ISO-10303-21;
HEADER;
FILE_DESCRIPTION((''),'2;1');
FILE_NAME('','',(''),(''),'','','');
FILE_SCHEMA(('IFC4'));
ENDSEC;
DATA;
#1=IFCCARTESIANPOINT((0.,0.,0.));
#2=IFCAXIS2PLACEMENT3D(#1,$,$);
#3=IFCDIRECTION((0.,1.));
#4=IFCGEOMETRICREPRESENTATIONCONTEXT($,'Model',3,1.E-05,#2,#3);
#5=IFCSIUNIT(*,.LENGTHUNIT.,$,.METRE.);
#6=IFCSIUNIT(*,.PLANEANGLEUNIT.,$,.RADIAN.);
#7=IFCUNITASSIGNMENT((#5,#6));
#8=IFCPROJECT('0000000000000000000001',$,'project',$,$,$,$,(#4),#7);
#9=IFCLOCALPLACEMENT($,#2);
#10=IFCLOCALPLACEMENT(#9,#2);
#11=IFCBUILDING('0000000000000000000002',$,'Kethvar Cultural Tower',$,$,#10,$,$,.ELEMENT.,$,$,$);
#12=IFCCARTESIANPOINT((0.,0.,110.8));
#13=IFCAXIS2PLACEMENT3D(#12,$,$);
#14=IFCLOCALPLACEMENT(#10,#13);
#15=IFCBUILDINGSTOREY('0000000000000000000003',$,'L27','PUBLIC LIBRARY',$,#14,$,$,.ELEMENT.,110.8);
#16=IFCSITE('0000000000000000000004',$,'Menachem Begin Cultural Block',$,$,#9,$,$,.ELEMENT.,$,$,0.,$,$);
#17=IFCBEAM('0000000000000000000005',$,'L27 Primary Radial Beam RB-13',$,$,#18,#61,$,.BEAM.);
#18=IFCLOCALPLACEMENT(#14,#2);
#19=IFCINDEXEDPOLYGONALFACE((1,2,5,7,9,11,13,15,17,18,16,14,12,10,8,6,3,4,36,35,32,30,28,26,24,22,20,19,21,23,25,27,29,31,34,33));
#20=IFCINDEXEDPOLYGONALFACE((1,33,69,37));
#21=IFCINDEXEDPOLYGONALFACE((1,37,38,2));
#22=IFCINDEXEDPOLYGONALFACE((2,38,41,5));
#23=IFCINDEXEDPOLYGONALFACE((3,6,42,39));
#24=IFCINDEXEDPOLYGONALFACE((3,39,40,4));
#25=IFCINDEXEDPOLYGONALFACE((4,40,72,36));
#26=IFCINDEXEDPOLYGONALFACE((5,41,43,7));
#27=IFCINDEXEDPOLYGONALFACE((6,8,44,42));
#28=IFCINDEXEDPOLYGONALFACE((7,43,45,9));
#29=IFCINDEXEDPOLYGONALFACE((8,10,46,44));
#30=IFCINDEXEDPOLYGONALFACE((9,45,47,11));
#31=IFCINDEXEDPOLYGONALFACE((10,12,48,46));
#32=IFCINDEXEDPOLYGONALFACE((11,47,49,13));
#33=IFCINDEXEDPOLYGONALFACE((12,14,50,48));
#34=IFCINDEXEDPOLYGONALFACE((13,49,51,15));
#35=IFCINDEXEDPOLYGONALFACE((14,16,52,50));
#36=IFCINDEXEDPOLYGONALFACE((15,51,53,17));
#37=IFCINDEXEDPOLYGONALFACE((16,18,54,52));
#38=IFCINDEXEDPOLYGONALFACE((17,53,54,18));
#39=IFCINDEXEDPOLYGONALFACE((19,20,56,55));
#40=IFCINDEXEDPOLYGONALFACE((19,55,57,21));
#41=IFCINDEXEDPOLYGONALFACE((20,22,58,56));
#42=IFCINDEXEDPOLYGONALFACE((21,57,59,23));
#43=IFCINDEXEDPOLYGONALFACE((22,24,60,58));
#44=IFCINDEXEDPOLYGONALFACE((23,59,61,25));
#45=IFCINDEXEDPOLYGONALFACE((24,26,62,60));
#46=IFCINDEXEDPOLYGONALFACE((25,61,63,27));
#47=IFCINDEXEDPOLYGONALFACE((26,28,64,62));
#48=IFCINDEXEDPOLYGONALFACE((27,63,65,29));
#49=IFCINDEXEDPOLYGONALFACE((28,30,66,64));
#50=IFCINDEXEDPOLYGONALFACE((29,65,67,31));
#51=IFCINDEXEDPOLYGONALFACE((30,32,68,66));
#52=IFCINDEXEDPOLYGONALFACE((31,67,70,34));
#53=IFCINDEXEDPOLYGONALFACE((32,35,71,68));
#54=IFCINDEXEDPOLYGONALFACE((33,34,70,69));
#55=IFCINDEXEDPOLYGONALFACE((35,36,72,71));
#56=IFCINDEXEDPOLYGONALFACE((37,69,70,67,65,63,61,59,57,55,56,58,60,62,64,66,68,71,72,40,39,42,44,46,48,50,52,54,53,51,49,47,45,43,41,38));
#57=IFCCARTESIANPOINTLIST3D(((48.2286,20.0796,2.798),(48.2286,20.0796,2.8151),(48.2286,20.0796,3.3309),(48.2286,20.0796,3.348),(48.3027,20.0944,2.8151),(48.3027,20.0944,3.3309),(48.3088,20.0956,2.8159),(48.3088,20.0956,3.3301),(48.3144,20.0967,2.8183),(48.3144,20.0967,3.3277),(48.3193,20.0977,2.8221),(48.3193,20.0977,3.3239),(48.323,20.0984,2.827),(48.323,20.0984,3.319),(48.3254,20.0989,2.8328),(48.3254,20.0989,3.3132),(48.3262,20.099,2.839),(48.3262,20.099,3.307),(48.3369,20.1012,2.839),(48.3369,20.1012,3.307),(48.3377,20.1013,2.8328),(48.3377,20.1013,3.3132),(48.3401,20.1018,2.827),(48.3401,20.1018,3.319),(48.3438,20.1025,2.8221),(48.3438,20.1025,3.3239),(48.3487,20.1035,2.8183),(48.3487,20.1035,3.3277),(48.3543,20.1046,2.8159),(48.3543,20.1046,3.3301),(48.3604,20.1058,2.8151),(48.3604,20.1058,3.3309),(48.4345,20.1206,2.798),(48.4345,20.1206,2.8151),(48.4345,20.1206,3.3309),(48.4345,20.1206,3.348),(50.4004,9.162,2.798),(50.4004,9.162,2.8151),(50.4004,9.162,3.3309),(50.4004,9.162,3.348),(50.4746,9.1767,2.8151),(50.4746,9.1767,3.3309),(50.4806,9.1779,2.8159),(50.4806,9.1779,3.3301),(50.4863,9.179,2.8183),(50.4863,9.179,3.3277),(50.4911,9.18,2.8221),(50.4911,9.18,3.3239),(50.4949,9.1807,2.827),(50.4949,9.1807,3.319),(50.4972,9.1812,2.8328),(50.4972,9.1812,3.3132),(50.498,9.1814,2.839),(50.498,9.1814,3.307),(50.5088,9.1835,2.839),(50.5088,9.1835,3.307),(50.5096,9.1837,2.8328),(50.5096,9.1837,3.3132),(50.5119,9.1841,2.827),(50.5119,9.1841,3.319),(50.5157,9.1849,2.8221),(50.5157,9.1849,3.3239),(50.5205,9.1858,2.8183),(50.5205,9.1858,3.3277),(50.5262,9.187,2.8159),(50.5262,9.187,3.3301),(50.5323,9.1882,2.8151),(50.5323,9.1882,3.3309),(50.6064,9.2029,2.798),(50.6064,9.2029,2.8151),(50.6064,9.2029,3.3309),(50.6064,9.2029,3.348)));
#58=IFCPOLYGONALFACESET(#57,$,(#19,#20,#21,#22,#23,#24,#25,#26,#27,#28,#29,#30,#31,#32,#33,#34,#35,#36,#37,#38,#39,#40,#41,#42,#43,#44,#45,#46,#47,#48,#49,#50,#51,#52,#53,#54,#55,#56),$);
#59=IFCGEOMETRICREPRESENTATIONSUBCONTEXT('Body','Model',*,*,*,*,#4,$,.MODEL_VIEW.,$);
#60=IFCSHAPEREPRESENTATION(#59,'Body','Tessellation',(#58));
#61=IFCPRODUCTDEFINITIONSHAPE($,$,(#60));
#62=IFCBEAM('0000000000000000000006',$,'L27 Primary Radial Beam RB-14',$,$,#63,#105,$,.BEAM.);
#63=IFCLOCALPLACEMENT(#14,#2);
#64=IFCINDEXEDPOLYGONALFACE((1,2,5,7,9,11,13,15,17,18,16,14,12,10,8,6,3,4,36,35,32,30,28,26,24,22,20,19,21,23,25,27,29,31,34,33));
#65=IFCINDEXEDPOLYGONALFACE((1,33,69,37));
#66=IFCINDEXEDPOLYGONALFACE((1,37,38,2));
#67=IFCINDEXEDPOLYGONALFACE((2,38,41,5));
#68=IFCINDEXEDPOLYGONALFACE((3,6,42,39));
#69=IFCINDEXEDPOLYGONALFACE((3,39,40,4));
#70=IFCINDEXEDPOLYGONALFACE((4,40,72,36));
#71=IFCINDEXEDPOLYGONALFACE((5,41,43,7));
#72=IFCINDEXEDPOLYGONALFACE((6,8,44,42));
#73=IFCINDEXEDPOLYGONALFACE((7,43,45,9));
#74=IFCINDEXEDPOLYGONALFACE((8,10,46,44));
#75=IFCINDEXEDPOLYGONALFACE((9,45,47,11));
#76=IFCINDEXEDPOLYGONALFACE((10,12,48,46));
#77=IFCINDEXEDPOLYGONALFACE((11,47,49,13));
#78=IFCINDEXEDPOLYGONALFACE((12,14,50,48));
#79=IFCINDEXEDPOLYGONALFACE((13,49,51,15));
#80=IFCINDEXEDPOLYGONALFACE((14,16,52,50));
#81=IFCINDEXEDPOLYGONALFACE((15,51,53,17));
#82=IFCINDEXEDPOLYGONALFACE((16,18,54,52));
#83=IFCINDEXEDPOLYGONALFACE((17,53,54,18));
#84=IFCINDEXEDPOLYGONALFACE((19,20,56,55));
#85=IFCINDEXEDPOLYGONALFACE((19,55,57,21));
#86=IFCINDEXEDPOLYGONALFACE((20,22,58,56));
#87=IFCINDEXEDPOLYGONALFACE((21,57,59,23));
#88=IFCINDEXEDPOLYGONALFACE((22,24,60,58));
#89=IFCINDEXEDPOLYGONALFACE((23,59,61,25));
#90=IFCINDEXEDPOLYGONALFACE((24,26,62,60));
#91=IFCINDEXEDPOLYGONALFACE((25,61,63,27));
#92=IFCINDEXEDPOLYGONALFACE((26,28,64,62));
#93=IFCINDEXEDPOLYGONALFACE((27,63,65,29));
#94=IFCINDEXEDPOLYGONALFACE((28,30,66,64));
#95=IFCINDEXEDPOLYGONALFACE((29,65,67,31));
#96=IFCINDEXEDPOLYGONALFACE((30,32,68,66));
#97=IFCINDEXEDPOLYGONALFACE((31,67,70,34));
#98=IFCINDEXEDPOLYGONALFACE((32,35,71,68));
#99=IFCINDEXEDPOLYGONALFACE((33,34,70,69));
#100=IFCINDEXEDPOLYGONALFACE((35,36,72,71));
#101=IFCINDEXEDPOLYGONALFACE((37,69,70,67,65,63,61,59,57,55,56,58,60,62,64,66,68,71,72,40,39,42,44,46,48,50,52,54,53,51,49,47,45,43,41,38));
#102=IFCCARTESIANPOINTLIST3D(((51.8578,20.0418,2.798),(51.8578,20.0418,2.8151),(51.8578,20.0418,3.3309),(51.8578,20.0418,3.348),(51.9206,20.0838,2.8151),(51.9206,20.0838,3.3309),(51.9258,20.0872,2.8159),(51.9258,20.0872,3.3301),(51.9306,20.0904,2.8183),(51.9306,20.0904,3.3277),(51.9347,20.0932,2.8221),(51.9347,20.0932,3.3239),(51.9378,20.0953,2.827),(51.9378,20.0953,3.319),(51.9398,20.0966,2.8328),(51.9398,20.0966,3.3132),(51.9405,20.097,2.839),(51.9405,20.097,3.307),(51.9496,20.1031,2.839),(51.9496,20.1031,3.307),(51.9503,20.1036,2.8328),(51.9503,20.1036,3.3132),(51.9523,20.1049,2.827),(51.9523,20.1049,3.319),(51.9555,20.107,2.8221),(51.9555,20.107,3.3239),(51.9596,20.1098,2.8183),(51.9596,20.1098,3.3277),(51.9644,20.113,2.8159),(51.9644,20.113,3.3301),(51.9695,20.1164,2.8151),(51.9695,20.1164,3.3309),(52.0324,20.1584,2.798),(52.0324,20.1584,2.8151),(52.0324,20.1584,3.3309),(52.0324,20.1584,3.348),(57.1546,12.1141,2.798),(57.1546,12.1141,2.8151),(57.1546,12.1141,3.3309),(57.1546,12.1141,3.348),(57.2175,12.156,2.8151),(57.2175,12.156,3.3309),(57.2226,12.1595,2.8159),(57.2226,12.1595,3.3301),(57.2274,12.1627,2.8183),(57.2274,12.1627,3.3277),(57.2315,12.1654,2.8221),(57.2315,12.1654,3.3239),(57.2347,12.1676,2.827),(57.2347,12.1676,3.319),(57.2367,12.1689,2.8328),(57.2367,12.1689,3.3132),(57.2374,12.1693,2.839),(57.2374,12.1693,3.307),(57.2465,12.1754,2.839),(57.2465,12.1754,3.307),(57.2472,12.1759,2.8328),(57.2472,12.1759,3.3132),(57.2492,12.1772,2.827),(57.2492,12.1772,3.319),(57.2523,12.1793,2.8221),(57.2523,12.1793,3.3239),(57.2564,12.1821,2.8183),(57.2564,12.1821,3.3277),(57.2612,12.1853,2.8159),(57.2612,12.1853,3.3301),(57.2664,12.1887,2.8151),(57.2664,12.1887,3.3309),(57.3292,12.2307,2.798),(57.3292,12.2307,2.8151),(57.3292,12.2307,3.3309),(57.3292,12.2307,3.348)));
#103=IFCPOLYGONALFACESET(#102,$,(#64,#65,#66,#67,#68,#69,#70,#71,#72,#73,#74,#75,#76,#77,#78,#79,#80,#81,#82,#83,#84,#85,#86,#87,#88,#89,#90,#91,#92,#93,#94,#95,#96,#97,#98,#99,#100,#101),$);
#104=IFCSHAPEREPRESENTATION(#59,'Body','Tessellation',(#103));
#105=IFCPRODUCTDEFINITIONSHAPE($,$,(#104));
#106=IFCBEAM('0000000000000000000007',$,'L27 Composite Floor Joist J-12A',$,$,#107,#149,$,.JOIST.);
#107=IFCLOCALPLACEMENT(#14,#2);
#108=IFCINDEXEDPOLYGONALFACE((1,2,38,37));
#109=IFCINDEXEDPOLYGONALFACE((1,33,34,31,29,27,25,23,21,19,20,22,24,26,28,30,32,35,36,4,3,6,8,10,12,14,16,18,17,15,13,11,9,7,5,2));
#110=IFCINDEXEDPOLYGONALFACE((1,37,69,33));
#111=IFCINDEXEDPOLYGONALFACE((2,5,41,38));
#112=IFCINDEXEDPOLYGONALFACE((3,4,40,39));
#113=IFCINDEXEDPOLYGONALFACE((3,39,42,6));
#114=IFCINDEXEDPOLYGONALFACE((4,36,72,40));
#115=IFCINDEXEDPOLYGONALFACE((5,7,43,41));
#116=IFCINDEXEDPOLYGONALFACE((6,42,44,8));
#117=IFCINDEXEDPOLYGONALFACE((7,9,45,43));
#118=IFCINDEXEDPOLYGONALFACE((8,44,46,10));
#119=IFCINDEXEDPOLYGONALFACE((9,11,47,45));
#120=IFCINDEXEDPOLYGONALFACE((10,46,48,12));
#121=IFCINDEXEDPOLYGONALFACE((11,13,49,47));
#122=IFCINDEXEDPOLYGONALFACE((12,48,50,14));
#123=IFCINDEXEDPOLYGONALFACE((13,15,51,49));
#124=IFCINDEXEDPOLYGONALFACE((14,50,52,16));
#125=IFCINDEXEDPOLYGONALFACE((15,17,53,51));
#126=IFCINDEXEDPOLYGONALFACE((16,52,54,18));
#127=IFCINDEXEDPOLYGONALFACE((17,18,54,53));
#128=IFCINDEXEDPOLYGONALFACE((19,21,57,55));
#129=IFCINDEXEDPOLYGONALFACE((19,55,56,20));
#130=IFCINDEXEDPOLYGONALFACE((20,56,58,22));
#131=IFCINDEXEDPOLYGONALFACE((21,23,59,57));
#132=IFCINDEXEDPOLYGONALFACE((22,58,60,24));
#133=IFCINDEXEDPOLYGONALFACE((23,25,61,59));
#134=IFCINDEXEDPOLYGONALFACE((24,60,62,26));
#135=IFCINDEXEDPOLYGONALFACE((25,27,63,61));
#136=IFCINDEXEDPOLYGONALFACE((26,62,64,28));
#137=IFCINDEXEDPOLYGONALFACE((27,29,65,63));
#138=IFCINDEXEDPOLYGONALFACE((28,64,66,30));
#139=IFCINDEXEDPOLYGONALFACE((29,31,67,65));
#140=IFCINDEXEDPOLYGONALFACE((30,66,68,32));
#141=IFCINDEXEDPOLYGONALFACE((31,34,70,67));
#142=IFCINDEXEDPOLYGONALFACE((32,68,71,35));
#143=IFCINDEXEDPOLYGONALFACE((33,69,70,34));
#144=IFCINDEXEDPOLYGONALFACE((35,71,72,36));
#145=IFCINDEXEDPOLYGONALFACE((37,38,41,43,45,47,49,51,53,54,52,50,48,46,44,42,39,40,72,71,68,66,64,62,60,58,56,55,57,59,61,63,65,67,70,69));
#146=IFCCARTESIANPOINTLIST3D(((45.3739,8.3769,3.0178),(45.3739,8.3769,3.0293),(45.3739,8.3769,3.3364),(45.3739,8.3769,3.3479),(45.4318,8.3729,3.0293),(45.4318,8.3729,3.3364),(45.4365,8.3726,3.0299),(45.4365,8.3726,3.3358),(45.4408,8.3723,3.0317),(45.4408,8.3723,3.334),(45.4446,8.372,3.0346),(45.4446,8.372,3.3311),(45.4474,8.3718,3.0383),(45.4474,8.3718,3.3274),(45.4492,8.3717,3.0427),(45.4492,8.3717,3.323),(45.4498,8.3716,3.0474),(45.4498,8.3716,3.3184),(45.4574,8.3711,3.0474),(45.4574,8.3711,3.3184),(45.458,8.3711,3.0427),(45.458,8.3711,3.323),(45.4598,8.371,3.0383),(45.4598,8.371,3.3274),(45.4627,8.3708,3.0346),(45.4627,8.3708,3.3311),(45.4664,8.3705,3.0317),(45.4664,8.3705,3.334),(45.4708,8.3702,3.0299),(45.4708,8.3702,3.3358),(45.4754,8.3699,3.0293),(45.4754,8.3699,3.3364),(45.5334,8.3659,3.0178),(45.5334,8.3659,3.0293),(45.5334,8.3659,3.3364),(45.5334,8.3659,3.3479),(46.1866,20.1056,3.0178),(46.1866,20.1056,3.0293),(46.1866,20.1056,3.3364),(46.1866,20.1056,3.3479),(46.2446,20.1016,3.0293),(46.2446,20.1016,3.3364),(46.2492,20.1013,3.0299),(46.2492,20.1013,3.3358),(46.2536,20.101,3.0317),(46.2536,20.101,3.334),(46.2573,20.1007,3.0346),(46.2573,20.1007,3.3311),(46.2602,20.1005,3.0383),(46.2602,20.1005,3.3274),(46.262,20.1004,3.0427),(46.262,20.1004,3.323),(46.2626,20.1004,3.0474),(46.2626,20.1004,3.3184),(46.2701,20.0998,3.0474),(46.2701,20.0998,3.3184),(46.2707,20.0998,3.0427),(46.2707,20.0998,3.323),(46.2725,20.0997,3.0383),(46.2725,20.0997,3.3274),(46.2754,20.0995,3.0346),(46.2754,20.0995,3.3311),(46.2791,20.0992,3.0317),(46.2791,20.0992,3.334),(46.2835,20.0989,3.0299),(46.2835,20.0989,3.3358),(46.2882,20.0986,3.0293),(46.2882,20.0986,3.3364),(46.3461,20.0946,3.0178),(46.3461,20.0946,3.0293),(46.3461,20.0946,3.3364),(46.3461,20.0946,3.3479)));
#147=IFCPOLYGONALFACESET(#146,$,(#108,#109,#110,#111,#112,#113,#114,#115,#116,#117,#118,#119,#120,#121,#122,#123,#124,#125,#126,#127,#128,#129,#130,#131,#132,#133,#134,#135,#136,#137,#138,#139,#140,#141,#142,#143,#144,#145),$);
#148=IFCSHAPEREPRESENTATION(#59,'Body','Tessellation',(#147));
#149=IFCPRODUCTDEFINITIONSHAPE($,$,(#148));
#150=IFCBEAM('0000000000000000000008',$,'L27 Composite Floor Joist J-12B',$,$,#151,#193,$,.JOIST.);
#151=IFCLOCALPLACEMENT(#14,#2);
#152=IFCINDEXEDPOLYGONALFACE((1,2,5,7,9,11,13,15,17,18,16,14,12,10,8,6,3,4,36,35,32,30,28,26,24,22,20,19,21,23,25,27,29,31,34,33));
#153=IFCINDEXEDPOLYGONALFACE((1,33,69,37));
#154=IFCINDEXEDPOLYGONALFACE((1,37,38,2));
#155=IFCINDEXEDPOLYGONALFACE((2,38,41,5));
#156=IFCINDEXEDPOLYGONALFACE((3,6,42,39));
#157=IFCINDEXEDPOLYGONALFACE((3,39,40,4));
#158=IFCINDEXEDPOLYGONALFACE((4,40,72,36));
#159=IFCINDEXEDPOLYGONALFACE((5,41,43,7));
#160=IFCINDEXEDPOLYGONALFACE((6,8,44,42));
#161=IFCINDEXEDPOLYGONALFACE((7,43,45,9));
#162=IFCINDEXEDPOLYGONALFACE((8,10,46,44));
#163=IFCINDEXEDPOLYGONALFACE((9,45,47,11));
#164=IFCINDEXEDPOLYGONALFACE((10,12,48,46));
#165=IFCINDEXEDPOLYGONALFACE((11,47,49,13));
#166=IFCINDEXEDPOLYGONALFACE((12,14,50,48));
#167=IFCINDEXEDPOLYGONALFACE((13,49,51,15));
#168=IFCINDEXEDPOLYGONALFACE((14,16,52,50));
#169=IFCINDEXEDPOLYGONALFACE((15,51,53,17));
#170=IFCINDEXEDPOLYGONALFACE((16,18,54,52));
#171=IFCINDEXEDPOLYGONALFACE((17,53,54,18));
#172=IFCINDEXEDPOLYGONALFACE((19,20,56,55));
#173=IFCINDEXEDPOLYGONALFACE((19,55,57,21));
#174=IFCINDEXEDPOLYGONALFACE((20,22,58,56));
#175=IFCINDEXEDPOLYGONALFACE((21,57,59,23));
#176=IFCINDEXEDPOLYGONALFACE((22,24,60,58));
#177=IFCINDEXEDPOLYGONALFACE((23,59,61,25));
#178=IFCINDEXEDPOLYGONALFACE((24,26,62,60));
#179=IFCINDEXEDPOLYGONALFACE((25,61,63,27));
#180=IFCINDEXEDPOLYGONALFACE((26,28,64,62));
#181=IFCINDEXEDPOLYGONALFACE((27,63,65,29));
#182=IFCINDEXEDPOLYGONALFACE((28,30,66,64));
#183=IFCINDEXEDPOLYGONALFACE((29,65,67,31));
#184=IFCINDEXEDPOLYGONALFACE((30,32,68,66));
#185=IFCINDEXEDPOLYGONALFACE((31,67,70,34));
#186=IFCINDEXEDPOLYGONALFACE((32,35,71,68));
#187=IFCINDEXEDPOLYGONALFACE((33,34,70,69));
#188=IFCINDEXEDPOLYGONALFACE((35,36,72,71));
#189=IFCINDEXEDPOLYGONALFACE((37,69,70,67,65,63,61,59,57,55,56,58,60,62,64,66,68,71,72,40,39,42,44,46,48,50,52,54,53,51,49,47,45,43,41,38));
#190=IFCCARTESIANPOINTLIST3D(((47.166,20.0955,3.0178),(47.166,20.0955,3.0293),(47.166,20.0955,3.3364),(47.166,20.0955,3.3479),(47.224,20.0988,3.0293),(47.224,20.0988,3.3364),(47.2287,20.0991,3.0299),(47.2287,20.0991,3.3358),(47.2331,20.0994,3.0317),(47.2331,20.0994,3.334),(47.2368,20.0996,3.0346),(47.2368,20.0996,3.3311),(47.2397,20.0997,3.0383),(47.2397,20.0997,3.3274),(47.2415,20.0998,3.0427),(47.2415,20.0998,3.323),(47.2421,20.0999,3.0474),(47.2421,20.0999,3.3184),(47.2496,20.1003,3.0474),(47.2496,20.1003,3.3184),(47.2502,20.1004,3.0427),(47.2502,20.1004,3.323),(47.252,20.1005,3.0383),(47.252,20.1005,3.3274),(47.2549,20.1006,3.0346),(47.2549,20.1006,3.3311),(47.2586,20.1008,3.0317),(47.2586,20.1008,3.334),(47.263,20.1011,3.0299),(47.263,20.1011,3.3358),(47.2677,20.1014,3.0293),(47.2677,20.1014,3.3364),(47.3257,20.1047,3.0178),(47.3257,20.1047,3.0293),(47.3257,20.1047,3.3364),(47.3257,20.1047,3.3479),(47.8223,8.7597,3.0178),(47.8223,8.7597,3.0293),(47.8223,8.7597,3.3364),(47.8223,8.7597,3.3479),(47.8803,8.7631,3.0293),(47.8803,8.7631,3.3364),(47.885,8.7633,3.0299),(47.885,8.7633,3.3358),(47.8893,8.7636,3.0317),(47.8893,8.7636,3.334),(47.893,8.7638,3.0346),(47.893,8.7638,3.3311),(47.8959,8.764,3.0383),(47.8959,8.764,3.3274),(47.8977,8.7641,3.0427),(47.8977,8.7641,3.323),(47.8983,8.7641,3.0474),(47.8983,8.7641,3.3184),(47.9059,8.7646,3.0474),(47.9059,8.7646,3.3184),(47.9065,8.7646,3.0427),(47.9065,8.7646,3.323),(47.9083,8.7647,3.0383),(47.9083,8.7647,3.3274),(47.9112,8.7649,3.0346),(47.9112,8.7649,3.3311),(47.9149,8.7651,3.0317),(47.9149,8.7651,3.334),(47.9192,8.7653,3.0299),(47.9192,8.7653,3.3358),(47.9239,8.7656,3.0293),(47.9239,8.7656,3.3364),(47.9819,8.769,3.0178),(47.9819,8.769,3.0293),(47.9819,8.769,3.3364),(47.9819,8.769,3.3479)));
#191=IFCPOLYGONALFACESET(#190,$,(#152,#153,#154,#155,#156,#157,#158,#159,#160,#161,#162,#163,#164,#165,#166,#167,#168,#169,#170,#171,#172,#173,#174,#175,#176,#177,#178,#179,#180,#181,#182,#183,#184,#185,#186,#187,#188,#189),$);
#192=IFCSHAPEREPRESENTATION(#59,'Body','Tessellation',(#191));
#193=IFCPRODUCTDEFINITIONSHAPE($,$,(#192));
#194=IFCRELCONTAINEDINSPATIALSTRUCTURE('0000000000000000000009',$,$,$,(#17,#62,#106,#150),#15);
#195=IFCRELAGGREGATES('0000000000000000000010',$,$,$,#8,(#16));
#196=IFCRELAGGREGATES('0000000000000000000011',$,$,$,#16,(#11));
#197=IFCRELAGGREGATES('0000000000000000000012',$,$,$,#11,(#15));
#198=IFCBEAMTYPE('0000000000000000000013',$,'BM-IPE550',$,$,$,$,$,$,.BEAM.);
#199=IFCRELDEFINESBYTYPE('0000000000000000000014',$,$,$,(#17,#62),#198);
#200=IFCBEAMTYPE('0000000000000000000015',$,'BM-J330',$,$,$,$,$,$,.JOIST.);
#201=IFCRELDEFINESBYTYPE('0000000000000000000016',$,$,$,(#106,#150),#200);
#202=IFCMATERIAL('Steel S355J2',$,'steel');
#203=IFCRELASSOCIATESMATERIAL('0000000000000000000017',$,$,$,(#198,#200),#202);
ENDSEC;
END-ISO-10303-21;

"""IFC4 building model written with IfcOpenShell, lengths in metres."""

from ifc_helpers import new_model, si_unit, direction, frame, origin, origin_2d, place, context, subcontext, project, spatial, i_section, extrude, source, transform, mapped, material, material_profile, profile_set, type_object, element, save


model = new_model("IFC4")

# Units and contexts
model_context = context("Model", 3, precision=1e-05, world=origin(), true_north=direction((0.0, 1.0)))
body_context = subcontext(model_context, "Body", "Model", "MODEL_VIEW")
ifc_project = project(units=[si_unit("LENGTHUNIT", "METRE"), si_unit("PLANEANGLEUNIT", "RADIAN")], contexts=[model_context])

# Site, building, storey
site_placement = place(None, origin())
site = spatial("IfcSite", under=ifc_project, at=site_placement, Name="Menachem Begin Cultural Block", CompositionType="ELEMENT", RefElevation=0.0)
building_placement = place(site_placement, origin())
building = spatial("IfcBuilding", under=site, at=building_placement, Name="Kethvar Cultural Tower", CompositionType="ELEMENT")
storey_placement = place(building_placement, frame((0.0, 0.0, 110.8)))
storey = spatial("IfcBuildingStorey", under=building, at=storey_placement, Name="L27", Description="PUBLIC LIBRARY", CompositionType="ELEMENT", Elevation=110.8)

# Beams
ifc_material_1 = material(Name="Steel S355J2", Category="steel")
ifc_material_profile_1 = material_profile(ifc_material_1, i_section(OverallWidth=0.21, OverallDepth=0.55, WebThickness=0.011, FlangeThickness=0.0171, FilletRadius=0.0239, at=origin_2d()), Name="Steel S355J2 — IPE550")
ifc_profile_set_1 = profile_set([ifc_material_profile_1], Name="Steel S355J2 — IPE550")
beam_type_1 = type_object("IfcBeamType", Name="BM-IPE550", PredefinedType="BEAM", material=ifc_profile_set_1)
shared_shape_1 = source(origin(), body_context, "Body", "SweptSolid", [
    extrude(i_section(OverallWidth=0.21, OverallDepth=0.55, WebThickness=0.011, FlangeThickness=0.0171, FilletRadius=0.0239, at=origin_2d()), origin(), (0.0, 0.0, 1.0), 11.1316),
])
beam_1_placement = place(storey_placement, frame((48.3315, 20.1001, 3.073), z_axis=(0.195108, -0.980782, 0.0), x_axis=(0.980782, 0.195108, 0.0)))
element("IfcBeam", 1, at=beam_1_placement, inside=storey, type_object=beam_type_1, Name="L27 Primary Radial Beam RB-13", PredefinedType="BEAM", context=body_context, shape_type="MappedRepresentation", body=[
    mapped(shared_shape_1, transform((0.0, 0.0, 0.0), scale=1.0)),
])
shared_shape_2 = source(origin(), body_context, "Body", "SweptSolid", [
    extrude(i_section(OverallWidth=0.21, OverallDepth=0.55, WebThickness=0.011, FlangeThickness=0.0171, FilletRadius=0.0239, at=origin_2d()), origin(), (0.0, 0.0, 1.0), 9.5344),
])
beam_2_placement = place(storey_placement, frame((51.9451, 20.1001, 3.073), z_axis=(0.555551, -0.831483, 0.0), x_axis=(0.831483, 0.555551, 0.0)))
element("IfcBeam", 2, at=beam_2_placement, inside=storey, type_object=beam_type_1, Name="L27 Primary Radial Beam RB-14", PredefinedType="BEAM", context=body_context, shape_type="MappedRepresentation", body=[
    mapped(shared_shape_2, transform((0.0, 0.0, 0.0), scale=1.0)),
])
ifc_material_profile_2 = material_profile(ifc_material_1, i_section(OverallWidth=0.1599, OverallDepth=0.3301, WebThickness=0.0076, FlangeThickness=0.0115, FilletRadius=0.0181, at=origin_2d()), Name="Steel S355J2 — IPE330")
ifc_profile_set_2 = profile_set([ifc_material_profile_2], Name="Steel S355J2 — IPE330")
beam_type_2 = type_object("IfcBeamType", Name="BM-J330", PredefinedType="JOIST", material=ifc_profile_set_2)
shared_shape_3 = source(origin(), body_context, "Body", "SweptSolid", [
    extrude(i_section(OverallWidth=0.1599, OverallDepth=0.3301, WebThickness=0.0076, FlangeThickness=0.0115, FilletRadius=0.0181, at=origin_2d()), origin(), (0.0, 0.0, 1.0), 11.7568),
])
beam_3_placement = place(storey_placement, frame((46.2664, 20.1001, 3.1829), z_axis=(-0.069129, -0.997608, 0.0), x_axis=(0.997608, -0.069129, 0.0)))
element("IfcBeam", 3, at=beam_3_placement, inside=storey, type_object=beam_type_2, Name="L27 Composite Floor Joist J-12A", PredefinedType="JOIST", context=body_context, shape_type="MappedRepresentation", body=[
    mapped(shared_shape_3, transform((0.0, 0.0, 0.0), scale=1.0)),
])
shared_shape_4 = source(origin(), body_context, "Body", "SweptSolid", [
    extrude(i_section(OverallWidth=0.1599, OverallDepth=0.3301, WebThickness=0.0076, FlangeThickness=0.0115, FilletRadius=0.0181, at=origin_2d()), origin(), (0.0, 0.0, 1.0), 11.3547),
])
beam_4_placement = place(storey_placement, frame((47.2458, 20.1001, 3.1829), z_axis=(0.057796, -0.998328, 0.0), x_axis=(0.998328, 0.057796, 0.0)))
element("IfcBeam", 4, at=beam_4_placement, inside=storey, type_object=beam_type_2, Name="L27 Composite Floor Joist J-12B", PredefinedType="JOIST", context=body_context, shape_type="MappedRepresentation", body=[
    mapped(shared_shape_4, transform((0.0, 0.0, 0.0), scale=1.0)),
])

save(model, "model.ifc")
